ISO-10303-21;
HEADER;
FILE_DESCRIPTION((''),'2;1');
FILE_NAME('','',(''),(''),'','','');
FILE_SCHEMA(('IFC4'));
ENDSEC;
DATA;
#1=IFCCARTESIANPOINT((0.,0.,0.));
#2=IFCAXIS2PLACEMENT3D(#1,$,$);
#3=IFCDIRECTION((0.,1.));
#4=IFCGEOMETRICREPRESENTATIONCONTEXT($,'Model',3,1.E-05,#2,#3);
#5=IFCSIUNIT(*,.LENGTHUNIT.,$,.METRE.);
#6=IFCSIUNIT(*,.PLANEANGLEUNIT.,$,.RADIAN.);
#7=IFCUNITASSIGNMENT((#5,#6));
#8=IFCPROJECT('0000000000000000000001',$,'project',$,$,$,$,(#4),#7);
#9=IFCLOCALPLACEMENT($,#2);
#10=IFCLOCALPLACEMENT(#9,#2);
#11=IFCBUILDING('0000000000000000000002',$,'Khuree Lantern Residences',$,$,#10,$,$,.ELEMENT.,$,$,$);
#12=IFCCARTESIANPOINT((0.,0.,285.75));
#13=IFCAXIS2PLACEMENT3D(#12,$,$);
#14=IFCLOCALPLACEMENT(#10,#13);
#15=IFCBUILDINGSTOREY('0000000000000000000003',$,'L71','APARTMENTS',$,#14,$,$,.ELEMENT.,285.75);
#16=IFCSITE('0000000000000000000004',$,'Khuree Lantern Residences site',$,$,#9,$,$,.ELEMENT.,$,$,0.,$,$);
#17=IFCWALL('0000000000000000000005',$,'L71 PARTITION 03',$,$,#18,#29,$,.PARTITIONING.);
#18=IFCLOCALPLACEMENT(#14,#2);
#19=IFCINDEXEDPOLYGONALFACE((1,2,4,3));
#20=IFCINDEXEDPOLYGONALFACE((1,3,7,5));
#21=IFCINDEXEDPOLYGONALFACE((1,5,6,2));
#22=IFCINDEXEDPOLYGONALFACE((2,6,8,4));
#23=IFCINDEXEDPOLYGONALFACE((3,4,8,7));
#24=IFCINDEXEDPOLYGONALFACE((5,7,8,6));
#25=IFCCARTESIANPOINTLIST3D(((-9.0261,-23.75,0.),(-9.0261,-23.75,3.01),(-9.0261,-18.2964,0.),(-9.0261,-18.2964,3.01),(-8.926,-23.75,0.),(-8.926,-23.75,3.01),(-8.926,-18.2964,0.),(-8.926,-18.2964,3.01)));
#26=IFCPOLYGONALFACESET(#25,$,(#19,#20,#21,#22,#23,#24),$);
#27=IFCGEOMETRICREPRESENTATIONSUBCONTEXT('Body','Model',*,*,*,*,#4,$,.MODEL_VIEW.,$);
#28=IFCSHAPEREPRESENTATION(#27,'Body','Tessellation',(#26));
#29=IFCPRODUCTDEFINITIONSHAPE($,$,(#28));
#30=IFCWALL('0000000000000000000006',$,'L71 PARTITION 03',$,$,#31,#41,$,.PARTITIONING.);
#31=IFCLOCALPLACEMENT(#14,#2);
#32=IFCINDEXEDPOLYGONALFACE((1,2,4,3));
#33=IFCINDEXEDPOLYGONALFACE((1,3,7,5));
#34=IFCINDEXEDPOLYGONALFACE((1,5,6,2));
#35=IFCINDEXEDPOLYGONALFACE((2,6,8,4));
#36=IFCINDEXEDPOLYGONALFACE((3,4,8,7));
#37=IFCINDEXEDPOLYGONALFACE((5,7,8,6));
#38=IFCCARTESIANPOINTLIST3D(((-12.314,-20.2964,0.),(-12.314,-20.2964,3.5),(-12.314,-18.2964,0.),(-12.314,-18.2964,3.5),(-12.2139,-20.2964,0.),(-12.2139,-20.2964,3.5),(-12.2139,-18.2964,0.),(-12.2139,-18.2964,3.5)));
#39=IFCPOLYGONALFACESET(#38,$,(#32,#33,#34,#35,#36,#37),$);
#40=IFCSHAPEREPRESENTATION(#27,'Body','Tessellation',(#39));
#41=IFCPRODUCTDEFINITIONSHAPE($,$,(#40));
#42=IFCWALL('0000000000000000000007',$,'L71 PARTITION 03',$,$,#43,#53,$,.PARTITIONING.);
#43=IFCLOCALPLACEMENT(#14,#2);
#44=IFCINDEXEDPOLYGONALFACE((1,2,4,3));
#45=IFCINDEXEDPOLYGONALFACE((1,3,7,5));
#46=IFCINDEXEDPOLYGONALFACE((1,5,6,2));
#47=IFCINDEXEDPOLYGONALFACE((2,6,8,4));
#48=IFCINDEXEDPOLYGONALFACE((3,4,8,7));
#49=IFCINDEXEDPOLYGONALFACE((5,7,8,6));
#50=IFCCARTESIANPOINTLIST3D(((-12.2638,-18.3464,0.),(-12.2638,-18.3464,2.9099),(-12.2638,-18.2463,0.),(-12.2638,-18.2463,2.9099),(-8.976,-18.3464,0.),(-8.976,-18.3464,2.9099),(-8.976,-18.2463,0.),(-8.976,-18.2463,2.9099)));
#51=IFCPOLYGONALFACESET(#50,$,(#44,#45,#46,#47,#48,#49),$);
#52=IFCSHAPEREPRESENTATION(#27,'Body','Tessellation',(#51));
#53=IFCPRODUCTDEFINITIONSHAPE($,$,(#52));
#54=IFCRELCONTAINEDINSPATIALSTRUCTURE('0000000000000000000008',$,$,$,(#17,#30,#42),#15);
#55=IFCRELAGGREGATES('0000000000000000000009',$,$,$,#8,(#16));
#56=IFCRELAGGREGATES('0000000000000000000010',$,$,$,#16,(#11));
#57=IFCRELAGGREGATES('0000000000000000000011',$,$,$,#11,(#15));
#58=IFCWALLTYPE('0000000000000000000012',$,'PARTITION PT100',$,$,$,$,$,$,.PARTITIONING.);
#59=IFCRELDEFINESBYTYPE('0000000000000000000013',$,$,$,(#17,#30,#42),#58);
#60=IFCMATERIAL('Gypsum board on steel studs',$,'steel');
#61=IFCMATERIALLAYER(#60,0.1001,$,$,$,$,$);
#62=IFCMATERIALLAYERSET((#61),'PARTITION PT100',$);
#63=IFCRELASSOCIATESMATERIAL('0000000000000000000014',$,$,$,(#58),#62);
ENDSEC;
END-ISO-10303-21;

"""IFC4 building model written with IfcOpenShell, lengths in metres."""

from ifc_helpers import new_model, si_unit, direction, frame, frame_2d, origin, place, context, subcontext, project, spatial, rectangle, extrude, material, layer, layer_set, type_object, element, save


model = new_model("IFC4")

# Units and contexts
model_context = context("Model", 3, precision=1e-05, world=origin(), true_north=direction((0.0, 1.0)))
body_context = subcontext(model_context, "Body", "Model", "MODEL_VIEW")
ifc_project = project(units=[si_unit("LENGTHUNIT", "METRE"), si_unit("PLANEANGLEUNIT", "RADIAN")], contexts=[model_context])

# Site, building, storey
site_placement = place(None, origin())
site = spatial("IfcSite", under=ifc_project, at=site_placement, Name="Khuree Lantern Residences site", CompositionType="ELEMENT", RefElevation=0.0)
building_placement = place(site_placement, origin())
building = spatial("IfcBuilding", under=site, at=building_placement, Name="Khuree Lantern Residences", CompositionType="ELEMENT")
storey_placement = place(building_placement, frame((0.0, 0.0, 285.75)))
storey = spatial("IfcBuildingStorey", under=building, at=storey_placement, Name="L71", Description="APARTMENTS", CompositionType="ELEMENT", Elevation=285.75)

# Shared definitions
ifc_material_1 = material(Name="Gypsum board on steel studs", Category="steel")

# Walls
ifc_layer_1 = layer(ifc_material_1, 0.1001)
ifc_layer_set_1 = layer_set([ifc_layer_1], Name="PARTITION PT100")
wall_type_1 = type_object("IfcWallType", Name="PARTITION PT100", PredefinedType="PARTITIONING", material=ifc_layer_set_1)
wall_1_placement = place(storey_placement, frame((-8.9761, -18.2964, 0.0), z_axis=(0.0, 0.0, 1.0), x_axis=(0.0, -1.0, 0.0)))
element("IfcWall", 1, at=wall_1_placement, inside=storey, type_object=wall_type_1, Name="L71 PARTITION 03", PredefinedType="PARTITIONING", context=body_context, shape_type="SweptSolid", body=[
    extrude(rectangle(XDim=5.4536, YDim=0.1001, at=frame_2d((2.7268, 0.0))), origin(), (0.0, 0.0, 1.0), 3.01),
])
wall_2_placement = place(storey_placement, frame((-12.2639, -18.2964, 0.0), z_axis=(0.0, 0.0, 1.0), x_axis=(0.0, -1.0, 0.0)))
element("IfcWall", 2, at=wall_2_placement, inside=storey, type_object=wall_type_1, Name="L71 PARTITION 03", PredefinedType="PARTITIONING", context=body_context, shape_type="SweptSolid", body=[
    extrude(rectangle(XDim=2.0, YDim=0.1001, at=frame_2d((1.0, 0.0))), origin(), (0.0, 0.0, 1.0), 3.5),
])
wall_3_placement = place(storey_placement, frame((-12.2639, -18.2964, 0.0), z_axis=(0.0, 0.0, 1.0), x_axis=(1.0, 0.0, 0.0)))
element("IfcWall", 3, at=wall_3_placement, inside=storey, type_object=wall_type_1, Name="L71 PARTITION 03", PredefinedType="PARTITIONING", context=body_context, shape_type="SweptSolid", body=[
    extrude(rectangle(XDim=3.2878, YDim=0.1001, at=frame_2d((1.644, 0.0))), origin(), (0.0, 0.0, 1.0), 2.9099),
])

save(model, "model.ifc")
